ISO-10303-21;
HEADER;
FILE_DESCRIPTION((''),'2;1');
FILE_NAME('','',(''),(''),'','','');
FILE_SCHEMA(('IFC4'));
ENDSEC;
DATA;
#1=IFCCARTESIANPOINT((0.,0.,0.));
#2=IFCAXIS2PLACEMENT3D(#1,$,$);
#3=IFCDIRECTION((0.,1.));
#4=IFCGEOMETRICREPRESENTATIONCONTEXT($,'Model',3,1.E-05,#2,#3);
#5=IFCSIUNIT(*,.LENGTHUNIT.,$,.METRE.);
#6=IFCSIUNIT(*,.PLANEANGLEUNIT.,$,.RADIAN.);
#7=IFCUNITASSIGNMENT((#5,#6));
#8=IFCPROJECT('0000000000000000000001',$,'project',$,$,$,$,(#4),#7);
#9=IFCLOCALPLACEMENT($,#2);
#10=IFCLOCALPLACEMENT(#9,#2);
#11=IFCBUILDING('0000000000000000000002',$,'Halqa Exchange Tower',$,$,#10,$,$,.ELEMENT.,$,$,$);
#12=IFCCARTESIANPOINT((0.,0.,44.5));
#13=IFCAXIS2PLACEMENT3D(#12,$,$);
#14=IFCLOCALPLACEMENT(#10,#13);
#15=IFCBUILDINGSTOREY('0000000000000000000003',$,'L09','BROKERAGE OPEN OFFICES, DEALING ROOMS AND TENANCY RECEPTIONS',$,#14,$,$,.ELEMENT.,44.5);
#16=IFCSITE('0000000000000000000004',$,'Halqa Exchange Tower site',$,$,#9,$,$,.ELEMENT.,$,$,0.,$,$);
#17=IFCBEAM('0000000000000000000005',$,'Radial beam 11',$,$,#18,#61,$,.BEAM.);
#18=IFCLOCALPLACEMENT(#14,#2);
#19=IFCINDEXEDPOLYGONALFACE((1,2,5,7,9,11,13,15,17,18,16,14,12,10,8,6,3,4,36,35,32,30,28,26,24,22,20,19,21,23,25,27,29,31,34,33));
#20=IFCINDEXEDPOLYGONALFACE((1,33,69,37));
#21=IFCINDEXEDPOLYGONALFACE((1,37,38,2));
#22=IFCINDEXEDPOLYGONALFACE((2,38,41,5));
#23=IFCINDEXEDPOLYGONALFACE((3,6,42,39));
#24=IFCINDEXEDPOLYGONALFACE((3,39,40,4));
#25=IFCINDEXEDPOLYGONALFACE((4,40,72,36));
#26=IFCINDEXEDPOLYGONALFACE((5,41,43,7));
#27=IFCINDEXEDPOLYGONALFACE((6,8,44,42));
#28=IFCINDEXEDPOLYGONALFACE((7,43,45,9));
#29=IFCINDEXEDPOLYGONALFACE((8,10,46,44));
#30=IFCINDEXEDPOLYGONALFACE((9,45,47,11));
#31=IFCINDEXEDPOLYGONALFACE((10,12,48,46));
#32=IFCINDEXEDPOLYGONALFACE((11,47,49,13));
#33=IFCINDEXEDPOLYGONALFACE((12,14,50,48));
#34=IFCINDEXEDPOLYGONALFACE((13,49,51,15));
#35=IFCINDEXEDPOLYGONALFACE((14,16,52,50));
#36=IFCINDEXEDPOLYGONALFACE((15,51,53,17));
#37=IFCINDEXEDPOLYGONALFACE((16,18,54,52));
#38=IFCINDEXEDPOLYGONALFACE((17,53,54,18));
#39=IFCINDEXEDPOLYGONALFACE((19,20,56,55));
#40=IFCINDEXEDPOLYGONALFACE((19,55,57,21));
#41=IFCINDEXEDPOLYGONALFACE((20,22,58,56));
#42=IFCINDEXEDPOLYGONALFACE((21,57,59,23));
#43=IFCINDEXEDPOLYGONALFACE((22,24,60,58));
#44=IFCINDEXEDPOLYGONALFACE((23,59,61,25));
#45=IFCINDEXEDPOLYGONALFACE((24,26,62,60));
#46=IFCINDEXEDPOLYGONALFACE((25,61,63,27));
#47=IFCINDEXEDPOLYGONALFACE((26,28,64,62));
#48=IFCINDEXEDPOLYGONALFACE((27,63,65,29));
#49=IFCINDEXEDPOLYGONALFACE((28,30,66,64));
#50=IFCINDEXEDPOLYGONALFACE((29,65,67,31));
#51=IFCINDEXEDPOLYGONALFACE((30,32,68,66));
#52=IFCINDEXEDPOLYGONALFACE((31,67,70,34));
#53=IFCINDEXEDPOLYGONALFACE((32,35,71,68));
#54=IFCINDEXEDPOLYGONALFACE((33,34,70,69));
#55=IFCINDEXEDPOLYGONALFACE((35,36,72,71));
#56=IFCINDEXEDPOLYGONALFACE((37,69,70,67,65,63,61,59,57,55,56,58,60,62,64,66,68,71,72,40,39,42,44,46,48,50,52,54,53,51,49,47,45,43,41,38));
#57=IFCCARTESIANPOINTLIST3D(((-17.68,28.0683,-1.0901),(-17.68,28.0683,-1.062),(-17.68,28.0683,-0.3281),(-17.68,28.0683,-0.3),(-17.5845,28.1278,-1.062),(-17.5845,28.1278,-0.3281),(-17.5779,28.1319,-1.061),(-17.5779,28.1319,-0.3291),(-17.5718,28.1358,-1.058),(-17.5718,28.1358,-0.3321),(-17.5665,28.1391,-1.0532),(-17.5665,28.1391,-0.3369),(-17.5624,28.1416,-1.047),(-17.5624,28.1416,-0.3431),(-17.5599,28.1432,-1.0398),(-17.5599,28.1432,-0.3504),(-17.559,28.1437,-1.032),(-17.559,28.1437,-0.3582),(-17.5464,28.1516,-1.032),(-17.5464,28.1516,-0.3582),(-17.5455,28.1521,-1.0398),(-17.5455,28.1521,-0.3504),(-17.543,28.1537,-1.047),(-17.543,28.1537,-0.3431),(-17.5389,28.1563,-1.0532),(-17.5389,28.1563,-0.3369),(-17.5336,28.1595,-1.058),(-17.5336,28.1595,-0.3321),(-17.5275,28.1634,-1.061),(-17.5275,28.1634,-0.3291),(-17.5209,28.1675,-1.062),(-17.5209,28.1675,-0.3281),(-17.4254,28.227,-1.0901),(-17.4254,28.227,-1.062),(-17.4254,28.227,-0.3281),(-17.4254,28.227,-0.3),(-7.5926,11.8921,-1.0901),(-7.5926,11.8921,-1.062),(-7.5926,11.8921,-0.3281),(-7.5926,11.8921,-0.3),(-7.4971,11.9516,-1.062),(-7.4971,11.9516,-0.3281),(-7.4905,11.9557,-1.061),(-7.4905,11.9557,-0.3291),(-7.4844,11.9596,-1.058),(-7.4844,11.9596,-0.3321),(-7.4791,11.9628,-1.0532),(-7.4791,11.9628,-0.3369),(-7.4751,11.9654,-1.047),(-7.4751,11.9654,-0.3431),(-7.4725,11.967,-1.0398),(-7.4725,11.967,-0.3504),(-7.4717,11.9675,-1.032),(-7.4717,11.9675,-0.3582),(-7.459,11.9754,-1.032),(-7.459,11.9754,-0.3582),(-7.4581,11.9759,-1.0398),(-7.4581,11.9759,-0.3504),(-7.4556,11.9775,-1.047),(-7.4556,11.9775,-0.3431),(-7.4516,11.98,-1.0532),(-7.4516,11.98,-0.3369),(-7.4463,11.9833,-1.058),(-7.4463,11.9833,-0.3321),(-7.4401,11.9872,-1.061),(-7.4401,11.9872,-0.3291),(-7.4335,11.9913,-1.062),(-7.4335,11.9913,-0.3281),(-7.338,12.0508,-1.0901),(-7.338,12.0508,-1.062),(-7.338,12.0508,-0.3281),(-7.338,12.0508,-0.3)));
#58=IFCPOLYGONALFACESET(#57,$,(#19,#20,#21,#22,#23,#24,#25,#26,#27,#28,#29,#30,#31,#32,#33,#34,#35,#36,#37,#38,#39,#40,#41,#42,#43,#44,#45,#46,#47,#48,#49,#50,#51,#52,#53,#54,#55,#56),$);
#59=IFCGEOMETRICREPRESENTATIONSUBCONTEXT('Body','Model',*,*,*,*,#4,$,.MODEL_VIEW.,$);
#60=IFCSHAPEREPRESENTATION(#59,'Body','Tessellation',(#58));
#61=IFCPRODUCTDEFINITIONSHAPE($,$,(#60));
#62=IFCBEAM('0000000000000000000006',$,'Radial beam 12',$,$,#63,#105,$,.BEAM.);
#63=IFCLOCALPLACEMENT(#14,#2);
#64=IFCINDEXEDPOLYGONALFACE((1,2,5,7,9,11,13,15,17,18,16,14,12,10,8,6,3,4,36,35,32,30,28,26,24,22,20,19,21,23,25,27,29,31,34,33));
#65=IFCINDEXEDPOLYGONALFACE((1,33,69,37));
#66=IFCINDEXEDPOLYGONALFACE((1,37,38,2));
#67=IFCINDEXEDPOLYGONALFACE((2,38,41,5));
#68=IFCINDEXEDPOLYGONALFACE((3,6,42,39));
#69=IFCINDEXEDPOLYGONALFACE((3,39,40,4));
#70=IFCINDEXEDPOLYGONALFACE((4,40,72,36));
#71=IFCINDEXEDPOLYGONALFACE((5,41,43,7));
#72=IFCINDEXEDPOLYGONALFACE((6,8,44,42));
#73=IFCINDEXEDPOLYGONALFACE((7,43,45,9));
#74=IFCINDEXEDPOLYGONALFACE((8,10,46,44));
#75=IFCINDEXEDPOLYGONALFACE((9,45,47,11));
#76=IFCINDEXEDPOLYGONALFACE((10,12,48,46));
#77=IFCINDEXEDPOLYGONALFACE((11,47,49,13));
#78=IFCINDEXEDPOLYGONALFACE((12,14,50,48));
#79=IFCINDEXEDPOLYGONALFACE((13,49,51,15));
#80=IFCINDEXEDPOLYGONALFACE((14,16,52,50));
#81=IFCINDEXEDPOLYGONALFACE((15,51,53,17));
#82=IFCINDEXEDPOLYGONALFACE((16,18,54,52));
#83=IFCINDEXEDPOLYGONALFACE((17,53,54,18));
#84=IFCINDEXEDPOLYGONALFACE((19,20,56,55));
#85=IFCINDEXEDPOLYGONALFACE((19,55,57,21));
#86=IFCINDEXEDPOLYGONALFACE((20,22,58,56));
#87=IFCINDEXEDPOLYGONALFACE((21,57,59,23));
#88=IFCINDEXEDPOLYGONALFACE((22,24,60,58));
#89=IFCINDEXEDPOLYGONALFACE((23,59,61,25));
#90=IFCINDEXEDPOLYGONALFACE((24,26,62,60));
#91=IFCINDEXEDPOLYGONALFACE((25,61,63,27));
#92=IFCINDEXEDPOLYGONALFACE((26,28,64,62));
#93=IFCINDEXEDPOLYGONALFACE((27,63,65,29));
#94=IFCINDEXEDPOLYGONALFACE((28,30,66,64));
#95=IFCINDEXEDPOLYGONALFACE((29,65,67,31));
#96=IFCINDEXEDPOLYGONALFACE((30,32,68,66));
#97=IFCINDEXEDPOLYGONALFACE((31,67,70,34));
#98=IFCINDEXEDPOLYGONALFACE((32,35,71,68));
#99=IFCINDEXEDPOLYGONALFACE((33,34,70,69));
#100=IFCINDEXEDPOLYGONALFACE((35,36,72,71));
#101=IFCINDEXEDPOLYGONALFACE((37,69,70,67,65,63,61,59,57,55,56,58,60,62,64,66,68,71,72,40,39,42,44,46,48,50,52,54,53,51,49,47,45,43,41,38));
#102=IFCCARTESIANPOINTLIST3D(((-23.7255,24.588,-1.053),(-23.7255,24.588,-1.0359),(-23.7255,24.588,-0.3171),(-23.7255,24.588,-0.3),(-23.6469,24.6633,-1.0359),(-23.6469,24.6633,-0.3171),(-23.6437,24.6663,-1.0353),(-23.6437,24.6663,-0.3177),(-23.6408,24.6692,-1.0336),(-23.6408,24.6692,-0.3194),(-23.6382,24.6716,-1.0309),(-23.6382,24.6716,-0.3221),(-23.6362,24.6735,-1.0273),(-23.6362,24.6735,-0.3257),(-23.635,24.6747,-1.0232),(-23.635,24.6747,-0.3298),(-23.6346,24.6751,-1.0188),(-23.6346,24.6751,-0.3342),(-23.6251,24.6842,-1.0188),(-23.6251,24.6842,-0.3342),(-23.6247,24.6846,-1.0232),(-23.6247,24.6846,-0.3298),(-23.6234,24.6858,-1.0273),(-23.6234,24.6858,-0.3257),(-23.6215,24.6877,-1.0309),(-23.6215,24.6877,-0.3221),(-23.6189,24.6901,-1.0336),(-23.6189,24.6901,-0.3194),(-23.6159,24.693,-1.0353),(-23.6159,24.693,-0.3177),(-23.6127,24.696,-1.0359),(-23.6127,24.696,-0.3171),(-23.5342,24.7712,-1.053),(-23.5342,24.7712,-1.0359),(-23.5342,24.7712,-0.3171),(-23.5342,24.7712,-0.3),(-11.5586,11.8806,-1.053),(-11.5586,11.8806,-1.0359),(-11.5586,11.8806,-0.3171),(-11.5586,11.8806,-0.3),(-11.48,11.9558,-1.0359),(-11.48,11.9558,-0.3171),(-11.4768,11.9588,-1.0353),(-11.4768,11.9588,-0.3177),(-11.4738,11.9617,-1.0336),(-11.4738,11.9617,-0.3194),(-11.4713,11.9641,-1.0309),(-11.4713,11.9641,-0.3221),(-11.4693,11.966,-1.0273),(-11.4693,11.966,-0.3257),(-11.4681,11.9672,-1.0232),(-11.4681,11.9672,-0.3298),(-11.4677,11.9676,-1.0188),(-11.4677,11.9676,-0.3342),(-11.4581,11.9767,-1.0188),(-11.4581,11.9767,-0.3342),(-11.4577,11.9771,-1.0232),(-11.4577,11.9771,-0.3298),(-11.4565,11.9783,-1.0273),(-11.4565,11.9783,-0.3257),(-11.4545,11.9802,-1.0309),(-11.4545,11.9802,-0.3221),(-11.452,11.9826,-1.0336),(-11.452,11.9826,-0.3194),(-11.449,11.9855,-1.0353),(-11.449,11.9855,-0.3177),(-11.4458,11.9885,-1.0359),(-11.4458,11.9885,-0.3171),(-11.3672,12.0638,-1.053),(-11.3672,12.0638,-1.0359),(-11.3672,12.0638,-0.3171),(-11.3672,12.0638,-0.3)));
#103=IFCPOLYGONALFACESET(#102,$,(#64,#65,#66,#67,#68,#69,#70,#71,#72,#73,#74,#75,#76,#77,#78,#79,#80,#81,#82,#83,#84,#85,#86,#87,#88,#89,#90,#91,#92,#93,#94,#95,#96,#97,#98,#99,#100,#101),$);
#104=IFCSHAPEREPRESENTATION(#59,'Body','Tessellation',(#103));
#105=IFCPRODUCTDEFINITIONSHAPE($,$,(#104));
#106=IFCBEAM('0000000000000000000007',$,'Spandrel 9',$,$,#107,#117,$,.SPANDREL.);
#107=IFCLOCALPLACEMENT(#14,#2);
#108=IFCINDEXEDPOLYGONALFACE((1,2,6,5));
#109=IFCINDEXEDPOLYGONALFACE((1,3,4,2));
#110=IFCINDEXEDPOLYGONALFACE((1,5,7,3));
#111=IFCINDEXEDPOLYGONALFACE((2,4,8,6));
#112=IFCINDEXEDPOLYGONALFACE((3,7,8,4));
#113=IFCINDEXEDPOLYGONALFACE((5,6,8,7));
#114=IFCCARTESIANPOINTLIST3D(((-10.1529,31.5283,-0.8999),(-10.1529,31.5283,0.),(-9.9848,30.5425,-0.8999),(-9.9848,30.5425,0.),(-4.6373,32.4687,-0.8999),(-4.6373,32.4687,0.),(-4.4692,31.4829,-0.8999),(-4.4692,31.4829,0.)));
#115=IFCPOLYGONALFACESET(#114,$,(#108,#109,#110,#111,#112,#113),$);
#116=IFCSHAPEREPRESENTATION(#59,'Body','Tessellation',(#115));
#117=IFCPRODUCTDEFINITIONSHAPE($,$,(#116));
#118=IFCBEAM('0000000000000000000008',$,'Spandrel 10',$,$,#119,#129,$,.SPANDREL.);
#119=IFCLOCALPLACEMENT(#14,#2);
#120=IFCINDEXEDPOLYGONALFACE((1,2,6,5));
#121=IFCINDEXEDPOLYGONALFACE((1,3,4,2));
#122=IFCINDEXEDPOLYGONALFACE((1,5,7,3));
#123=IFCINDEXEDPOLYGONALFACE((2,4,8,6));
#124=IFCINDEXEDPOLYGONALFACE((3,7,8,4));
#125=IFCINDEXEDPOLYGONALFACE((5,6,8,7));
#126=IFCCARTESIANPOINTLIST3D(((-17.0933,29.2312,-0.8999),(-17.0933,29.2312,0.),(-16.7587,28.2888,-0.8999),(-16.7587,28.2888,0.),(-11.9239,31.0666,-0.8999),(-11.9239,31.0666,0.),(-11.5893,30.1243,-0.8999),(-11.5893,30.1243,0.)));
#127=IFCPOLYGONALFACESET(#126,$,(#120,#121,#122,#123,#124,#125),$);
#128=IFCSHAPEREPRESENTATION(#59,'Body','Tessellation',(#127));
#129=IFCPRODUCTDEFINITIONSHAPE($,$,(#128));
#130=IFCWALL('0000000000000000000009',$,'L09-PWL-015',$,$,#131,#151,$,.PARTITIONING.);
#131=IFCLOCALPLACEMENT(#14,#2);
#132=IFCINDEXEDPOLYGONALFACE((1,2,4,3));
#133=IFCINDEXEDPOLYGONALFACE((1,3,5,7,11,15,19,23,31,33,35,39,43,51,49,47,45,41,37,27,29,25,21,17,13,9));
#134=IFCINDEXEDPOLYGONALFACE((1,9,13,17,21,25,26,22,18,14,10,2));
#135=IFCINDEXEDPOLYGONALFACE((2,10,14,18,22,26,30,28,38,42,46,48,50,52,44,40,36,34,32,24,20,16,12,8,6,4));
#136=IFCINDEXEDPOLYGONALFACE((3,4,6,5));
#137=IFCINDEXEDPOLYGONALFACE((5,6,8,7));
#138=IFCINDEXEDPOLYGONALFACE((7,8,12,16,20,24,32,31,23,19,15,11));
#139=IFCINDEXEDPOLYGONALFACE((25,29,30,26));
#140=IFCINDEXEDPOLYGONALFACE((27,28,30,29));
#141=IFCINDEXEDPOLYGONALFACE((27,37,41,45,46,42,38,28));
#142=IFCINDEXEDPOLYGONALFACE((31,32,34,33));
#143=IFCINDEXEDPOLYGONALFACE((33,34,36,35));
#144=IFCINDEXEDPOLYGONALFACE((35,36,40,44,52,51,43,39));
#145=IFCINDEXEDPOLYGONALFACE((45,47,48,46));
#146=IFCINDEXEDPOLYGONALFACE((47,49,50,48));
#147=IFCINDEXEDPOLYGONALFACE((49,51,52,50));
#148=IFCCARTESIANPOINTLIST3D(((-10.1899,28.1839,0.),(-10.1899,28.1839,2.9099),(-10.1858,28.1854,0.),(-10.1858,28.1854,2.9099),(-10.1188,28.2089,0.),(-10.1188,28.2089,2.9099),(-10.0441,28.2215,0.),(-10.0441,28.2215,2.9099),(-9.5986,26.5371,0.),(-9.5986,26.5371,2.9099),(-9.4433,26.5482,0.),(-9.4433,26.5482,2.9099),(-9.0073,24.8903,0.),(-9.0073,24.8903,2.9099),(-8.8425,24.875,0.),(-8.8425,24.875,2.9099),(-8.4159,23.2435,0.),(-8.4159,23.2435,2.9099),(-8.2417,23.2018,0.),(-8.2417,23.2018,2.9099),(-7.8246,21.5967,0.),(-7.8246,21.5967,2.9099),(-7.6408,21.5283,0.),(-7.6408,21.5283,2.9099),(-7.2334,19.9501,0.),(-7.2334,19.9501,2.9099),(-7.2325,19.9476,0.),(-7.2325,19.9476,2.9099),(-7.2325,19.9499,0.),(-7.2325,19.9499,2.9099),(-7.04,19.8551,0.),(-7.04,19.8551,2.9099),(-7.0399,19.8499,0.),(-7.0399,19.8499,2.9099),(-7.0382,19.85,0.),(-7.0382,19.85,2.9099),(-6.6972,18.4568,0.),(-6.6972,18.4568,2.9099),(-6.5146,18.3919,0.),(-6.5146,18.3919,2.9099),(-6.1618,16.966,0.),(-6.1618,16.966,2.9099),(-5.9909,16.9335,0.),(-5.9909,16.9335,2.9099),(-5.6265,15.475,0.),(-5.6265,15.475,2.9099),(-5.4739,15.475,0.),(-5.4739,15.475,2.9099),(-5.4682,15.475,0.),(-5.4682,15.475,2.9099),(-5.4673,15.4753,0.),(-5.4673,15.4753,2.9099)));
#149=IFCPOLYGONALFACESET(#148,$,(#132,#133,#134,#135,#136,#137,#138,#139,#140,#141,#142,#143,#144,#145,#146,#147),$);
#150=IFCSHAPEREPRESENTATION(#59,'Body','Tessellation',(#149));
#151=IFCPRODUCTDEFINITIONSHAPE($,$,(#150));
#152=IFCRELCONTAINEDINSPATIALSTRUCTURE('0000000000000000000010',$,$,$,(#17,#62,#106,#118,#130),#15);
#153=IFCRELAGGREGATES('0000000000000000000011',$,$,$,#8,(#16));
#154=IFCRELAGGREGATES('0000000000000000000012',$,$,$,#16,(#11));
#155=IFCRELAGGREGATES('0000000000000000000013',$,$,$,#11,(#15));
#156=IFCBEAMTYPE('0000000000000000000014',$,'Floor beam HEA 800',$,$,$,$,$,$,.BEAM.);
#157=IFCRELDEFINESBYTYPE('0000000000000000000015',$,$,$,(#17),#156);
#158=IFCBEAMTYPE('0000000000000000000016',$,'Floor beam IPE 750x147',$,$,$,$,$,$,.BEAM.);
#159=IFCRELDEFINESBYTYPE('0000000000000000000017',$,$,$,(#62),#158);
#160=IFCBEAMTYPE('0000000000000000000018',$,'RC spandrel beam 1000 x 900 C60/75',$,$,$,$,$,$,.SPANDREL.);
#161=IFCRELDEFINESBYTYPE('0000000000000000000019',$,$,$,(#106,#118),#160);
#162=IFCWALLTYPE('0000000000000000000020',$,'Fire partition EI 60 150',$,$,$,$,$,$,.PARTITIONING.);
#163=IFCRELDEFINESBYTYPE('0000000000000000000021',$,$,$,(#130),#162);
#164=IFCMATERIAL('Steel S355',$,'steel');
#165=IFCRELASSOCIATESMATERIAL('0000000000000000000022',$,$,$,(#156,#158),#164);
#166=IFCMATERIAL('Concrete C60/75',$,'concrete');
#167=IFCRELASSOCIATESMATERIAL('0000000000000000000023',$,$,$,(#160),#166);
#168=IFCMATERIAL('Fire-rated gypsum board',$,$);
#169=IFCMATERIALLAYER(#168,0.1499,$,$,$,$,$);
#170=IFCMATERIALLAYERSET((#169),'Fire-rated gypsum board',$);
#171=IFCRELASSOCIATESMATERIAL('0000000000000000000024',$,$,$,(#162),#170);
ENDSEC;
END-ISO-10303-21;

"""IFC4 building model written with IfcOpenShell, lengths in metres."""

from ifc_helpers import new_model, si_unit, direction, frame, origin, origin_2d, place, context, subcontext, project, spatial, polyline, rectangle, i_section, outline, extrude, material, layer, layer_set, material_profile, profile_set, type_object, element, save


model = new_model("IFC4")

# Units and contexts
model_context = context("Model", 3, precision=1e-05, world=origin(), true_north=direction((0.0, 1.0)))
body_context = subcontext(model_context, "Body", "Model", "MODEL_VIEW")
ifc_project = project(units=[si_unit("LENGTHUNIT", "METRE"), si_unit("PLANEANGLEUNIT", "RADIAN")], contexts=[model_context])

# Site, building, storey
site_placement = place(None, origin())
site = spatial("IfcSite", under=ifc_project, at=site_placement, Name="Halqa Exchange Tower site", CompositionType="ELEMENT", RefElevation=0.0)
building_placement = place(site_placement, origin())
building = spatial("IfcBuilding", under=site, at=building_placement, Name="Halqa Exchange Tower", CompositionType="ELEMENT")
storey_placement = place(building_placement, frame((0.0, 0.0, 44.5)))
storey = spatial("IfcBuildingStorey", under=building, at=storey_placement, Name="L09", Description="BROKERAGE OPEN OFFICES, DEALING ROOMS AND TENANCY RECEPTIONS", CompositionType="ELEMENT", Elevation=44.5)

# Beams
ifc_material_1 = material(Name="Steel S355", Category="steel")
ifc_material_profile_1 = material_profile(ifc_material_1, i_section(OverallWidth=0.3, OverallDepth=0.79, WebThickness=0.0149, FlangeThickness=0.0281, FilletRadius=0.03, at=origin_2d()), Name="HEA 800")
ifc_profile_set_1 = profile_set([ifc_material_profile_1], Name="Steel S355")
beam_type_1 = type_object("IfcBeamType", Name="Floor beam HEA 800", PredefinedType="BEAM", material=ifc_profile_set_1)
beam_1_placement = place(storey_placement, frame((-7.4653, 11.9714, -0.6951), z_axis=(-0.52914, 0.848535, 0.0), x_axis=(-0.848535, -0.52914, 0.0)))
element("IfcBeam", 1, at=beam_1_placement, inside=storey, type_object=beam_type_1, Name="Radial beam 11", PredefinedType="BEAM", context=body_context, shape_type="SweptSolid", body=[
    extrude(i_section(OverallWidth=0.3, OverallDepth=0.79, WebThickness=0.0149, FlangeThickness=0.0281, FilletRadius=0.03, at=origin_2d()), origin(), (0.0, 0.0, 1.0), 19.0637),
])
ifc_material_profile_2 = material_profile(ifc_material_1, i_section(OverallWidth=0.2649, OverallDepth=0.7529, WebThickness=0.0132, FlangeThickness=0.0171, FilletRadius=0.0171, at=origin_2d()), Name="IPE 750x147")
ifc_profile_set_2 = profile_set([ifc_material_profile_2], Name="Steel S355")
beam_type_2 = type_object("IfcBeamType", Name="Floor beam IPE 750x147", PredefinedType="BEAM", material=ifc_profile_set_2)
beam_2_placement = place(storey_placement, frame((-11.4629, 11.9722, -0.6765), z_axis=(-0.691578, 0.722302, 0.0), x_axis=(-0.722302, -0.691578, 0.0)))
element("IfcBeam", 2, at=beam_2_placement, inside=storey, type_object=beam_type_2, Name="Radial beam 12", PredefinedType="BEAM", context=body_context, shape_type="SweptSolid", body=[
    extrude(i_section(OverallWidth=0.2649, OverallDepth=0.7529, WebThickness=0.0132, FlangeThickness=0.0171, FilletRadius=0.0171, at=origin_2d()), origin(), (0.0, 0.0, 1.0), 17.593),
])
ifc_material_2 = material(Name="Concrete C60/75", Category="concrete")
ifc_material_profile_3 = material_profile(ifc_material_2, rectangle(XDim=1.0, YDim=0.8999, at=origin_2d()), Name="1000 x 900")
ifc_profile_set_3 = profile_set([ifc_material_profile_3], Name="Concrete C60/75")
beam_type_3 = type_object("IfcBeamType", Name="RC spandrel beam 1000 x 900 C60/75", PredefinedType="SPANDREL", material=ifc_profile_set_3)
beam_3_placement = place(storey_placement, frame((-4.5532, 31.9758, -0.45), z_axis=(-0.985774, -0.168077, 0.0), x_axis=(0.168077, -0.985774, 0.0)))
element("IfcBeam", 3, at=beam_3_placement, inside=storey, type_object=beam_type_3, Name="Spandrel 9", PredefinedType="SPANDREL", context=body_context, shape_type="SweptSolid", body=[
    extrude(rectangle(XDim=1.0, YDim=0.8999, at=origin_2d()), origin(), (0.0, 0.0, 1.0), 5.5952),
])
beam_4_placement = place(storey_placement, frame((-11.7566, 30.5955, -0.45), z_axis=(-0.942363, -0.334593, 0.0), x_axis=(0.334593, -0.942363, 0.0)))
element("IfcBeam", 4, at=beam_4_placement, inside=storey, type_object=beam_type_3, Name="Spandrel 10", PredefinedType="SPANDREL", context=body_context, shape_type="SweptSolid", body=[
    extrude(rectangle(XDim=1.0, YDim=0.8999, at=origin_2d()), origin(), (0.0, 0.0, 1.0), 5.4856),
])

# Wall
ifc_material_3 = material(Name="Fire-rated gypsum board")
ifc_layer_1 = layer(ifc_material_3, 0.1499)
ifc_layer_set_1 = layer_set([ifc_layer_1], Name="Fire-rated gypsum board")
wall_type_1 = type_object("IfcWallType", Name="Fire partition EI 60 150", PredefinedType="PARTITIONING", material=ifc_layer_set_1)
wall_1_placement = place(storey_placement, frame((-10.1194, 28.2092, 0.0), z_axis=(0.0, 0.0, 1.0), x_axis=(0.337949, -0.941164, 0.0)))
element("IfcWall", 5, at=wall_1_placement, inside=storey, type_object=wall_type_1, Name="L09-PWL-015", PredefinedType="PARTITIONING", context=body_context, shape_type="SweptSolid", body=[
    extrude(outline(polyline([(0.0, -0.075), (1.7498, -0.075), (3.4995, -0.075), (5.2493, -0.075), (6.999, -0.075), (8.7485, -0.075), (8.749, -0.0742), (8.7512, -0.075), (10.3352, -0.075), (11.9192, -0.075), (13.5034, -0.075), (13.5549, 0.0686), (13.5549, 0.0686), (13.5569, 0.074), (13.5569, 0.075), (12.0076, 0.075), (10.458, 0.075), (8.9087, 0.075), (8.9082, 0.0732), (8.9033, 0.075), (7.1255, 0.075), (5.3474, 0.075), (3.5696, 0.075), (1.7917, 0.075), (0.0139, 0.075), (0.0005, 0.0005), (0.0, -0.0706), (0.0, -0.075)])), origin(), (0.0, 0.0, 1.0), 2.9099),
])

save(model, "model.ifc")
